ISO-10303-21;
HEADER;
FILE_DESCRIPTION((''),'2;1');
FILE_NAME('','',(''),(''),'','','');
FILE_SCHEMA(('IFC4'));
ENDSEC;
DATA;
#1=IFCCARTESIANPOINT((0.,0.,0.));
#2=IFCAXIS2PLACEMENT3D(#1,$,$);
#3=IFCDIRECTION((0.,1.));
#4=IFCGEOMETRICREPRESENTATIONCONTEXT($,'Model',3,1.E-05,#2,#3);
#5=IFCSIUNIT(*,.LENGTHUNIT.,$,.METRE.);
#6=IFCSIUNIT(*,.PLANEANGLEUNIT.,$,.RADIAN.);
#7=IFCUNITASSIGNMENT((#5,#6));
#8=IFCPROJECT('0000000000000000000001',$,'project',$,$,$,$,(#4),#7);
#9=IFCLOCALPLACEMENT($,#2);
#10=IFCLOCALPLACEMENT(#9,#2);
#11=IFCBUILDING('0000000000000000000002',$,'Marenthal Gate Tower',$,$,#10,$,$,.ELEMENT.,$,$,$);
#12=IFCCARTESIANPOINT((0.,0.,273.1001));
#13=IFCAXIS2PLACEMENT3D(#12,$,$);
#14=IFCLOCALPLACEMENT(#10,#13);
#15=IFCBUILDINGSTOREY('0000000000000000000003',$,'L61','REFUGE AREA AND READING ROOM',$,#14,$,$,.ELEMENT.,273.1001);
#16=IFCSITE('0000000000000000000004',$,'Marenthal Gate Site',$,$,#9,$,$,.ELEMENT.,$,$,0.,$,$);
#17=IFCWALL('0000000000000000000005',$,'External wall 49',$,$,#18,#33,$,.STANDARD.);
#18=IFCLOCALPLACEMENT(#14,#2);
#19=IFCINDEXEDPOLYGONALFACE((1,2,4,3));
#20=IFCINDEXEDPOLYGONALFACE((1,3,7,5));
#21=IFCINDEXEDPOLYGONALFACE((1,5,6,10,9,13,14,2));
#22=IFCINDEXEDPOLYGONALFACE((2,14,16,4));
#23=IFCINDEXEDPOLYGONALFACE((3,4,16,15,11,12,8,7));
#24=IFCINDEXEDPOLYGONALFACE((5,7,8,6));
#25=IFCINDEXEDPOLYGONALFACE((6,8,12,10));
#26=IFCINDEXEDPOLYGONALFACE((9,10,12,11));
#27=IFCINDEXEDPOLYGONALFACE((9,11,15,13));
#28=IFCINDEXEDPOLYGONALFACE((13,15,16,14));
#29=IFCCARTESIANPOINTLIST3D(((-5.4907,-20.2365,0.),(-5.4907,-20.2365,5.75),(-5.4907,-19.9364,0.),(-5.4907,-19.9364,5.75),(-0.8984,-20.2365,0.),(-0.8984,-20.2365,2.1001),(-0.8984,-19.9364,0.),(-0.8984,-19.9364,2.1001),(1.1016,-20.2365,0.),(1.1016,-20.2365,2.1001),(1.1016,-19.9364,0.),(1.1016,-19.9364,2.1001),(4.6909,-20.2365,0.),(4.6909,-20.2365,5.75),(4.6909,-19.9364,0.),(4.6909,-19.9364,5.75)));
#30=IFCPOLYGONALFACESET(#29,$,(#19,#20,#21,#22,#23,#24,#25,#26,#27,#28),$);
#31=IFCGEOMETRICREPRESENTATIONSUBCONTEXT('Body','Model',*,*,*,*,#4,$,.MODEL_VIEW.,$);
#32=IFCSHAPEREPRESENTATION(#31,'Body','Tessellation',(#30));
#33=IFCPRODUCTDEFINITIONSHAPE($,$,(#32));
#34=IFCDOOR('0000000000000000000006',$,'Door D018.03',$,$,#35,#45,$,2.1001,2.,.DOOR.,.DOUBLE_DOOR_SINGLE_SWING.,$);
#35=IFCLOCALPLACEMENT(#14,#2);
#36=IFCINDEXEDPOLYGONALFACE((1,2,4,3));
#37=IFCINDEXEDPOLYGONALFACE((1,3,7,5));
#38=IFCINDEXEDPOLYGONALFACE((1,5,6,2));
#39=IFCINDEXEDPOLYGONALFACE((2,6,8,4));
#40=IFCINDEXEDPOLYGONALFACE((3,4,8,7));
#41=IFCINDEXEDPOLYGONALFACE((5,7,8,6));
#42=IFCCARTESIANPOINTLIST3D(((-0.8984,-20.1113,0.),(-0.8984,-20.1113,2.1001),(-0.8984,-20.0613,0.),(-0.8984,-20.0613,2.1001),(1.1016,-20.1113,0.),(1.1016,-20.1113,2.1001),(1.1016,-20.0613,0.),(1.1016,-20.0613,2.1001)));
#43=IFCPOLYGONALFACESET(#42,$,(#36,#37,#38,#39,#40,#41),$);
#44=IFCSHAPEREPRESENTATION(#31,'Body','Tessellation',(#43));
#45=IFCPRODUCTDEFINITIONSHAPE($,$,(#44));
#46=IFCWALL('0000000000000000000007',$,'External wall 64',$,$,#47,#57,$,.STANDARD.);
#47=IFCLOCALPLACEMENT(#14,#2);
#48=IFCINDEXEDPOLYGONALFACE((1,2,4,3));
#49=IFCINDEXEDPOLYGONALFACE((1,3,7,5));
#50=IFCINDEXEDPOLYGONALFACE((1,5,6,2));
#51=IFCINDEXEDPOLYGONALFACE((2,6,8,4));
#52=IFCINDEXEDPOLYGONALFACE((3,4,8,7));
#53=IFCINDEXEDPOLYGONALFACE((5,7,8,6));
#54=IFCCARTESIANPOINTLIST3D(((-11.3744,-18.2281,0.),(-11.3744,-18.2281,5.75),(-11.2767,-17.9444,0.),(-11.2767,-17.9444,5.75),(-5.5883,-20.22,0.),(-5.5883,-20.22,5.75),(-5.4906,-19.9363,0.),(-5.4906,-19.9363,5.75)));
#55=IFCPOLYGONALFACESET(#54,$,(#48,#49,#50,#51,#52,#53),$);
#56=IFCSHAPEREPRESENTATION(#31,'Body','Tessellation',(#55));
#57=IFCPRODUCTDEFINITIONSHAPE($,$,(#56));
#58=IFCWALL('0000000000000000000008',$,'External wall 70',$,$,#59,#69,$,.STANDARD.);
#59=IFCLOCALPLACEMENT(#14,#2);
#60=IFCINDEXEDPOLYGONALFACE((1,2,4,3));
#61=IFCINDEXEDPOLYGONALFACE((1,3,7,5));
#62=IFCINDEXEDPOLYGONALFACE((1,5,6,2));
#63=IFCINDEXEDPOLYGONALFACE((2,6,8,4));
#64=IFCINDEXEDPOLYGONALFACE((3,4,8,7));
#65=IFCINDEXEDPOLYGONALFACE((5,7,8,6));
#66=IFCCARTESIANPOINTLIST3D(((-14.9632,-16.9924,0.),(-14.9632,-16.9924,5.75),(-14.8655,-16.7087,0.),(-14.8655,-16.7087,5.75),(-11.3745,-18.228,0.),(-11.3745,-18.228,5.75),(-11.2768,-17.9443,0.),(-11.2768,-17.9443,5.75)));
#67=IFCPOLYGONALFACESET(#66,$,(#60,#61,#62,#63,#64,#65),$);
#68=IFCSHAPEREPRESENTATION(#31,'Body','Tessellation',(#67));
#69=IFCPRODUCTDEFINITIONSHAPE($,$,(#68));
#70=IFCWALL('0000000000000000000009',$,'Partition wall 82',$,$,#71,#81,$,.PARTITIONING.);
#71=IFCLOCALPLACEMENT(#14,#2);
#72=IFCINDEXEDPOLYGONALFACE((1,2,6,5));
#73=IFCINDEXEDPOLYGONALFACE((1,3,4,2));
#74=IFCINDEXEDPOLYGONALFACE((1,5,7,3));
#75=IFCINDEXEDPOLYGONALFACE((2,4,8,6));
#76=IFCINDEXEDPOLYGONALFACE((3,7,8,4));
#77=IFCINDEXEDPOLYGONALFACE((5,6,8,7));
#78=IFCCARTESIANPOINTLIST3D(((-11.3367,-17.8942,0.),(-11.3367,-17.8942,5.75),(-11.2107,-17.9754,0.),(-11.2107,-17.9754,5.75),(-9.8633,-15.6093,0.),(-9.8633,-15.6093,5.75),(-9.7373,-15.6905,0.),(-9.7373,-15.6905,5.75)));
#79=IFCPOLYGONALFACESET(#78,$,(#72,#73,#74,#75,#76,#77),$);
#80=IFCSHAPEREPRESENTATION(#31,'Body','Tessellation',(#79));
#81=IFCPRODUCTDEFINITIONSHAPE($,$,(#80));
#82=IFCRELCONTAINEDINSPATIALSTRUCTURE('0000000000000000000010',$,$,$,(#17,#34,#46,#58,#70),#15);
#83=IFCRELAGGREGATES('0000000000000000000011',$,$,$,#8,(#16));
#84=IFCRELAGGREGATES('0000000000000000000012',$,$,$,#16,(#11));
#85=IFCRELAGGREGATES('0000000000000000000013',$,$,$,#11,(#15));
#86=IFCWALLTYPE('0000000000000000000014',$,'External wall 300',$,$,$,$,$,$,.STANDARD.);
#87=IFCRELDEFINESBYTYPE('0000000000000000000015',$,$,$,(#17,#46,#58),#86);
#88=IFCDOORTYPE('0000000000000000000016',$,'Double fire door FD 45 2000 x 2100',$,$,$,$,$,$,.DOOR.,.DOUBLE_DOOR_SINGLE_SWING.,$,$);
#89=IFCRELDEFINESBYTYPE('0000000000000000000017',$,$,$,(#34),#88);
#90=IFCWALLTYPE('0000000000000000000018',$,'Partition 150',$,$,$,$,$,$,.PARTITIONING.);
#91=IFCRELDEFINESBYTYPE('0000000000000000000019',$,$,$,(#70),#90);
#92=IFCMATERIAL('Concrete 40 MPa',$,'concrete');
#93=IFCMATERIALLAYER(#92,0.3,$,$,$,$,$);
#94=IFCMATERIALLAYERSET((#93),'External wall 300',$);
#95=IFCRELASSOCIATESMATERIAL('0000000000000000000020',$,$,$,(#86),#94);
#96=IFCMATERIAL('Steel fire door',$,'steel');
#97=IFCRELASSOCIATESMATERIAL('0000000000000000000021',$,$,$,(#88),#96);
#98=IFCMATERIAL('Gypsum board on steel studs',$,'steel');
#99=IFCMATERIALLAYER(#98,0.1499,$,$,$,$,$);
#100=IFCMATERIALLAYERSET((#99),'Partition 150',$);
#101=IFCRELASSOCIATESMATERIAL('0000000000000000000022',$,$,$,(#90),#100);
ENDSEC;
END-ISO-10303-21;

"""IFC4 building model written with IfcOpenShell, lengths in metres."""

from ifc_helpers import new_model, si_unit, direction, frame, frame_2d, origin, place, context, subcontext, project, spatial, rectangle, extrude, material, layer, layer_set, type_object, element, fill, save


model = new_model("IFC4")

# Units and contexts
model_context = context("Model", 3, precision=1e-05, world=origin(), true_north=direction((0.0, 1.0)))
body_context = subcontext(model_context, "Body", "Model", "MODEL_VIEW")
ifc_project = project(units=[si_unit("LENGTHUNIT", "METRE"), si_unit("PLANEANGLEUNIT", "RADIAN")], contexts=[model_context])

# Site, building, storey
site_placement = place(None, origin())
site = spatial("IfcSite", under=ifc_project, at=site_placement, Name="Marenthal Gate Site", CompositionType="ELEMENT", RefElevation=0.0)
building_placement = place(site_placement, origin())
building = spatial("IfcBuilding", under=site, at=building_placement, Name="Marenthal Gate Tower", CompositionType="ELEMENT")
storey_placement = place(building_placement, frame((0.0, 0.0, 273.1001)))
storey = spatial("IfcBuildingStorey", under=building, at=storey_placement, Name="L61", Description="REFUGE AREA AND READING ROOM", CompositionType="ELEMENT", Elevation=273.1001)

# Wall, opening, door
ifc_material_1 = material(Name="Concrete 40 MPa", Category="concrete")
ifc_layer_1 = layer(ifc_material_1, 0.3)
ifc_layer_set_1 = layer_set([ifc_layer_1], Name="External wall 300")
wall_type_1 = type_object("IfcWallType", Name="External wall 300", PredefinedType="STANDARD", material=ifc_layer_set_1)
wall_1_placement = place(storey_placement, frame((-5.4907, -20.0864, 0.0), z_axis=(0.0, 0.0, 1.0), x_axis=(1.0, 0.0, 0.0)))
wall_1 = element("IfcWall", 1, at=wall_1_placement, inside=storey, type_object=wall_type_1, Name="External wall 49", PredefinedType="STANDARD", context=body_context, shape_type="SweptSolid", body=[
    extrude(rectangle(XDim=10.1816, YDim=0.3, at=frame_2d((5.0908, 0.0))), origin(), (0.0, 0.0, 1.0), 5.75),
])
opening_placement = place(wall_1_placement, frame((4.5923, 0.0, 0.0)))
opening = element("IfcOpeningElement", 2, at=opening_placement, cuts=wall_1, PredefinedType="OPENING", context=body_context, shape_type="SweptSolid", body=[
    extrude(rectangle(XDim=2.0, YDim=2.1001, at=frame_2d((1.0, 1.05))), frame((0.0, 0.1602, 0.0), z_axis=(0.0, -1.0, 0.0), x_axis=(1.0, 0.0, 0.0)), (0.0, 0.0, 1.0), 0.3201),
])
ifc_material_2 = material(Name="Steel fire door", Category="steel")
door_type = type_object("IfcDoorType", Name="Double fire door FD 45 2000 x 2100", OperationType="DOUBLE_DOOR_SINGLE_SWING", PredefinedType="DOOR", material=ifc_material_2)
door_placement = place(opening_placement, frame((2.0, 0.0, 0.0), z_axis=(0.0, 0.0, 1.0), x_axis=(-1.0, 0.0, 0.0)))
door = element("IfcDoor", 3, at=door_placement, inside=storey, type_object=door_type, Name="Door D018.03", OperationType="DOUBLE_DOOR_SINGLE_SWING", OverallHeight=2.1001, OverallWidth=2.0, PredefinedType="DOOR", context=body_context, shape_type="SweptSolid", body=[
    extrude(rectangle(XDim=2.0, YDim=2.1001, at=frame_2d((1.0, 1.05))), frame((0.0, 0.0249, 0.0), z_axis=(0.0, -1.0, 0.0), x_axis=(1.0, 0.0, 0.0)), (0.0, 0.0, 1.0), 0.05),
])
fill(opening, door)

# Walls
wall_2_placement = place(storey_placement, frame((-5.5396, -20.0781, 0.0), z_axis=(0.0, 0.0, 1.0), x_axis=(-0.945538, 0.325512, 0.0)))
element("IfcWall", 4, at=wall_2_placement, inside=storey, type_object=wall_type_1, Name="External wall 64", PredefinedType="STANDARD", context=body_context, shape_type="SweptSolid", body=[
    extrude(rectangle(XDim=6.1194, YDim=0.3, at=frame_2d((3.0596, 0.0))), origin(), (0.0, 0.0, 1.0), 5.75),
])
wall_3_placement = place(storey_placement, frame((-11.3257, -18.0862, 0.0), z_axis=(0.0, 0.0, 1.0), x_axis=(-0.945524, 0.325553, 0.0)))
element("IfcWall", 5, at=wall_3_placement, inside=storey, type_object=wall_type_1, Name="External wall 70", PredefinedType="STANDARD", context=body_context, shape_type="SweptSolid", body=[
    extrude(rectangle(XDim=3.7954, YDim=0.3, at=frame_2d((1.8977, 0.0))), origin(), (0.0, 0.0, 1.0), 5.75),
])
ifc_material_3 = material(Name="Gypsum board on steel studs", Category="steel")
ifc_layer_2 = layer(ifc_material_3, 0.1499)
ifc_layer_set_2 = layer_set([ifc_layer_2], Name="Partition 150")
wall_type_2 = type_object("IfcWallType", Name="Partition 150", PredefinedType="PARTITIONING", material=ifc_layer_set_2)
wall_4_placement = place(storey_placement, frame((-11.2737, -17.9348, 0.0), z_axis=(0.0, 0.0, 1.0), x_axis=(0.541933, 0.840422, 0.0)))
element("IfcWall", 6, at=wall_4_placement, inside=storey, type_object=wall_type_2, Name="Partition wall 82", PredefinedType="PARTITIONING", context=body_context, shape_type="SweptSolid", body=[
    extrude(rectangle(XDim=2.7188, YDim=0.1499, at=frame_2d((1.3594, 0.0))), origin(), (0.0, 0.0, 1.0), 5.75),
])

save(model, "model.ifc")
